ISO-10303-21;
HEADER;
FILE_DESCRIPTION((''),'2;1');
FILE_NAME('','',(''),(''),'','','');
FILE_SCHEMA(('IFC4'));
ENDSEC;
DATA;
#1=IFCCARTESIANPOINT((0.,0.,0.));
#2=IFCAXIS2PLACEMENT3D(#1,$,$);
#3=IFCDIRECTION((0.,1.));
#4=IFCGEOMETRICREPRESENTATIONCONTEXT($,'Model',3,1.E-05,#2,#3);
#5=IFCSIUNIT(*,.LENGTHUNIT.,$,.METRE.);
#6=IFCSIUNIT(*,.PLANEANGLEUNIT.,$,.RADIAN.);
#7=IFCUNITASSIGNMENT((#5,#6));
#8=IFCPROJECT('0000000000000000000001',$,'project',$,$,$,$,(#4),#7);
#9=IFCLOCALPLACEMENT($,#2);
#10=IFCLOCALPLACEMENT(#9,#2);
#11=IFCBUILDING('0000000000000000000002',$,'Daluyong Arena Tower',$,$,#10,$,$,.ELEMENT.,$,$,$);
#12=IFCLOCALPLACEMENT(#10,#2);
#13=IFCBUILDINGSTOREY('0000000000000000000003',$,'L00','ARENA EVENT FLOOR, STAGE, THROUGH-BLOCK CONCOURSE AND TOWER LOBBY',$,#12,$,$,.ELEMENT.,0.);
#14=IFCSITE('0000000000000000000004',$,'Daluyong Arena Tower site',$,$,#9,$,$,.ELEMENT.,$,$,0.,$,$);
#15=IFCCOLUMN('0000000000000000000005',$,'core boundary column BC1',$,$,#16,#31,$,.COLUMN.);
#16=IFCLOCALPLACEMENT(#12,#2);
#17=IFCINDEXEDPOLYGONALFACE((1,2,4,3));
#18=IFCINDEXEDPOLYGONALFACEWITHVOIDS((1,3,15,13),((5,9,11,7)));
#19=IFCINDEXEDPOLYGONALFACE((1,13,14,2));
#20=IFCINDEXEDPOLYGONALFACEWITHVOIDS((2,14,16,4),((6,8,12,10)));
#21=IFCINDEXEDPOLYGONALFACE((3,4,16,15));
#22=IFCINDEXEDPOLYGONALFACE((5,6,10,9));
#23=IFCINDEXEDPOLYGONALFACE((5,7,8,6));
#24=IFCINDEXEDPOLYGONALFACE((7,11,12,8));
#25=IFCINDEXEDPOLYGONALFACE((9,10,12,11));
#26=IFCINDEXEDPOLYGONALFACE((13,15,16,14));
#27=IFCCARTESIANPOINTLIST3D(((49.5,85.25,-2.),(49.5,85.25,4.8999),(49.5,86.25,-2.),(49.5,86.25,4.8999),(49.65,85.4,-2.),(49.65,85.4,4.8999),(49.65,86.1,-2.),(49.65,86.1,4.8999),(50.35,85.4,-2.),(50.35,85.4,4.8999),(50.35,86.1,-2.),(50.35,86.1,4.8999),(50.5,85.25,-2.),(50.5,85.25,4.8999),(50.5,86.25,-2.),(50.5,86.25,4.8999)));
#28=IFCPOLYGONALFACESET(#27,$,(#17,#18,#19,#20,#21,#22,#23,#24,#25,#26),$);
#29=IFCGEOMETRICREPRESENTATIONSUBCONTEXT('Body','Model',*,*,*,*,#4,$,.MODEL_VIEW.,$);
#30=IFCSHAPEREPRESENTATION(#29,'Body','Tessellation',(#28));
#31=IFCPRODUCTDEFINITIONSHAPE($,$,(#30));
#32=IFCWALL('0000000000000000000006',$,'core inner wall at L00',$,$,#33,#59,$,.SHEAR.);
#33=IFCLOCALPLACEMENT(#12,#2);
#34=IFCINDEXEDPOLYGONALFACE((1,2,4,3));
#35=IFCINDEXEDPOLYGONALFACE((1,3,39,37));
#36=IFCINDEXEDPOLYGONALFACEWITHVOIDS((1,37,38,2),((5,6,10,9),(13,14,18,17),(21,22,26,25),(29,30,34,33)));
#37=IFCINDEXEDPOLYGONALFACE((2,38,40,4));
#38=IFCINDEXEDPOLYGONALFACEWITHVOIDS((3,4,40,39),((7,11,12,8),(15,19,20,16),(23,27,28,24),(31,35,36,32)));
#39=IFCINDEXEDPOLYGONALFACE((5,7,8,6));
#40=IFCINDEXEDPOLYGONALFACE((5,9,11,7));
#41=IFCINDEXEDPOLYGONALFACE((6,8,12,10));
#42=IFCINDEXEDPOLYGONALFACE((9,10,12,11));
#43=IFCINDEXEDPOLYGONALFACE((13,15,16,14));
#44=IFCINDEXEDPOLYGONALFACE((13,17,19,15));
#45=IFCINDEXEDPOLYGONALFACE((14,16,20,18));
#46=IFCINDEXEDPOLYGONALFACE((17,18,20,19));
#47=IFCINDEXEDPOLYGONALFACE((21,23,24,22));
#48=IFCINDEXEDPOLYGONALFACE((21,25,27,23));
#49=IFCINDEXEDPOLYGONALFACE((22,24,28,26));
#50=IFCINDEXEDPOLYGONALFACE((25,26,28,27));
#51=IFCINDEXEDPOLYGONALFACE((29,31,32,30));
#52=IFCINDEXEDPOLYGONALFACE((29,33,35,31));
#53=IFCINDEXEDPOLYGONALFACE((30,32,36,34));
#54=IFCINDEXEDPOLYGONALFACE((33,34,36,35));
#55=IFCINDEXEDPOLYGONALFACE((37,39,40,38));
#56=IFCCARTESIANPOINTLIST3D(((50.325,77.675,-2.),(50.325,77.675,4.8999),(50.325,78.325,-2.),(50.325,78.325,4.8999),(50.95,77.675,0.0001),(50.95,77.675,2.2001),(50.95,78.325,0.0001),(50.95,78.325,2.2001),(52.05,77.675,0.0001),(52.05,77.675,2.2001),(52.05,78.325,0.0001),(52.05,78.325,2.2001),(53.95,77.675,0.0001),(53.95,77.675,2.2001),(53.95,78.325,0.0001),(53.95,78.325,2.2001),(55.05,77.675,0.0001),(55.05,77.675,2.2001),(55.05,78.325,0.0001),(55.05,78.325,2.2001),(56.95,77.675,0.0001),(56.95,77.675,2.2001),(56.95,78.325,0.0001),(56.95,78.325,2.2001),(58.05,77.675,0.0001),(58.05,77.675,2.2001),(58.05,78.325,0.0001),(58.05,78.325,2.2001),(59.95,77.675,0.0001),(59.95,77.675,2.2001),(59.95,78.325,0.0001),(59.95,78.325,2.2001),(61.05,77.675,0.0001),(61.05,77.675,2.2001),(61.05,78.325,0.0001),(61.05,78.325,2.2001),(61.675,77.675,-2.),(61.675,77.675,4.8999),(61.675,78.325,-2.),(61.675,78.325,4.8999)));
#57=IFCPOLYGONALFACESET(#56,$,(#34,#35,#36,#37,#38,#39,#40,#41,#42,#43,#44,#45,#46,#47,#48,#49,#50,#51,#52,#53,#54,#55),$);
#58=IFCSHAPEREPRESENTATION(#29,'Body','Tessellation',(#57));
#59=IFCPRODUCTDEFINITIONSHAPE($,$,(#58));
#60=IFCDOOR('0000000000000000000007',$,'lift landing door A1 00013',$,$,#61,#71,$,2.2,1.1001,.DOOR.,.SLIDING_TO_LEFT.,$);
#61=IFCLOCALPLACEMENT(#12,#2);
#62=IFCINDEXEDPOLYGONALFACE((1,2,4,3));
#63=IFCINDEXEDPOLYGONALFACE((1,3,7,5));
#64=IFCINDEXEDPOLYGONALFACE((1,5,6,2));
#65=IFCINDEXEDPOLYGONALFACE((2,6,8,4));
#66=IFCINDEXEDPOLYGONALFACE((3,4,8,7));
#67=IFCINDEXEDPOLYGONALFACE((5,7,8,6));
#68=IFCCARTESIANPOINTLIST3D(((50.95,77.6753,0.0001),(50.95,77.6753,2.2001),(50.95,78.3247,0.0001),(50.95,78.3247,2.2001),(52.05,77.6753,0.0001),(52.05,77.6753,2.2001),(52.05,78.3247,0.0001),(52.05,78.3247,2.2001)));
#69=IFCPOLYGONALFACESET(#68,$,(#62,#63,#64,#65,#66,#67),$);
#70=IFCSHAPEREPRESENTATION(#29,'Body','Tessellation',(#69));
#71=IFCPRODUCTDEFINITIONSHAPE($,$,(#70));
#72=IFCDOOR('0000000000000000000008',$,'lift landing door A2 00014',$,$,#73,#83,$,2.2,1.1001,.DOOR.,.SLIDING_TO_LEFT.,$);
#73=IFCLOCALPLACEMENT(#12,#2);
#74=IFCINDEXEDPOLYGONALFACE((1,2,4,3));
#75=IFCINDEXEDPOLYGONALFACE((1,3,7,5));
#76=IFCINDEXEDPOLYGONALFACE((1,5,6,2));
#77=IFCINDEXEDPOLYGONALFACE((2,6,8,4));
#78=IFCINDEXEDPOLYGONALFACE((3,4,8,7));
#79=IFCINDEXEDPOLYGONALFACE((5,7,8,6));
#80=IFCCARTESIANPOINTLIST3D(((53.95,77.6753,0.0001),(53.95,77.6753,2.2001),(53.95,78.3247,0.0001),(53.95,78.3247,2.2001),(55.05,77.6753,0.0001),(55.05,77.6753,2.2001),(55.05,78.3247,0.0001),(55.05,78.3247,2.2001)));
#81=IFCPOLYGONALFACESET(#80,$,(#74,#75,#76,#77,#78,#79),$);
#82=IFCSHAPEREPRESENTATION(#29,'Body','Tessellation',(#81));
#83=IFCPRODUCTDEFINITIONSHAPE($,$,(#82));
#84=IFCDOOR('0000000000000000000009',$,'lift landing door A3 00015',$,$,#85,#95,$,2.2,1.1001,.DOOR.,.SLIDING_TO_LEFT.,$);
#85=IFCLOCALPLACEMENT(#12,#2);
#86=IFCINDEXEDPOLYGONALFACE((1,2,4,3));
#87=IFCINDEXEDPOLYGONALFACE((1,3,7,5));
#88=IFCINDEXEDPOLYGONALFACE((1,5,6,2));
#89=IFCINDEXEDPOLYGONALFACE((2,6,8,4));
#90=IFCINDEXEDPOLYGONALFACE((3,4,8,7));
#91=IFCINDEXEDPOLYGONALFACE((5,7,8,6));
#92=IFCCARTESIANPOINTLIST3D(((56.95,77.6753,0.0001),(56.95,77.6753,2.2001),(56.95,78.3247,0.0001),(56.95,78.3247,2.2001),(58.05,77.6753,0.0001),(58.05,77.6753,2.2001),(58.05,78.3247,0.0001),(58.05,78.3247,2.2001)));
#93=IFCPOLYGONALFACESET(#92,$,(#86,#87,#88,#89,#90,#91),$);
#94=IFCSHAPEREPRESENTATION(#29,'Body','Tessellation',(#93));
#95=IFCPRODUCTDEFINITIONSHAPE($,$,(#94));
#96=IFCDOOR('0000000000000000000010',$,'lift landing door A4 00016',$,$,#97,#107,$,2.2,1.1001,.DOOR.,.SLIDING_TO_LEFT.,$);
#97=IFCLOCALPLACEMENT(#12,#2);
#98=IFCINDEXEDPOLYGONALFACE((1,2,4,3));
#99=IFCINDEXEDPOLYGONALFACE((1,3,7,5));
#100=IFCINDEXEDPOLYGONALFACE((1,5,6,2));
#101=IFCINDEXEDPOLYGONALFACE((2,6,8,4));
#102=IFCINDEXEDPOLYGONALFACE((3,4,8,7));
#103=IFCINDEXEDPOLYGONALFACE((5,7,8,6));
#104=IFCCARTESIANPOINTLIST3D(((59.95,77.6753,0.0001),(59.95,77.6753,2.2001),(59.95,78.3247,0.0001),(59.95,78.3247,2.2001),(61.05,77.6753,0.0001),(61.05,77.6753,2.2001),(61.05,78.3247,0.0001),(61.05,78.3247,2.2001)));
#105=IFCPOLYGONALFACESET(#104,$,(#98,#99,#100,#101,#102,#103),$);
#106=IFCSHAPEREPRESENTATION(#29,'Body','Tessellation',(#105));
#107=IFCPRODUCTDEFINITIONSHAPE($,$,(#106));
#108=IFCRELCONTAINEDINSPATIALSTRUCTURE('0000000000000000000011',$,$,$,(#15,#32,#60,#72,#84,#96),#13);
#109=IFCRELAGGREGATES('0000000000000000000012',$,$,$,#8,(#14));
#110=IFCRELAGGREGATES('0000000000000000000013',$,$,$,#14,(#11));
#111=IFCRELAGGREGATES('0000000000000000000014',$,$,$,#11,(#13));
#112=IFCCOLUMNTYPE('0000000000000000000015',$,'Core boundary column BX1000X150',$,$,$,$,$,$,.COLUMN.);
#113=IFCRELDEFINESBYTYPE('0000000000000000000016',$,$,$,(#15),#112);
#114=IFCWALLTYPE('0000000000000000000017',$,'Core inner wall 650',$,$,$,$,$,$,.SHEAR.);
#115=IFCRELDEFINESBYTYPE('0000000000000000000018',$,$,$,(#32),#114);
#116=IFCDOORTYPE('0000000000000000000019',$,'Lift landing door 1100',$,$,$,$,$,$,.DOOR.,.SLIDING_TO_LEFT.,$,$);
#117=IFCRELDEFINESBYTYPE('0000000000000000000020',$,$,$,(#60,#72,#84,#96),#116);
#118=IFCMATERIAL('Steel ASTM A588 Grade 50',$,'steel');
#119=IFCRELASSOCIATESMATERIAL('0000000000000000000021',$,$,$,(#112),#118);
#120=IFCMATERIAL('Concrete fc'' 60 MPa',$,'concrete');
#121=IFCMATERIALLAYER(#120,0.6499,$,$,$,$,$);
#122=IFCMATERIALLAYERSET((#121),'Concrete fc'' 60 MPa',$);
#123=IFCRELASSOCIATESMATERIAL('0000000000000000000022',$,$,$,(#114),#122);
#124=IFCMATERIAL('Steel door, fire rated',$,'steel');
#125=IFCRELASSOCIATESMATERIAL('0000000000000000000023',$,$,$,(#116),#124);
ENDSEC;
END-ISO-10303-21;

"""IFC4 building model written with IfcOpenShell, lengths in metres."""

from ifc_helpers import new_model, si_unit, direction, frame, frame_2d, origin, origin_2d, place, context, subcontext, project, spatial, rectangle, hollow_rectangle, extrude, material, layer, layer_set, material_profile, profile_set, type_object, element, fill, save


model = new_model("IFC4")

# Units and contexts
model_context = context("Model", 3, precision=1e-05, world=origin(), true_north=direction((0.0, 1.0)))
body_context = subcontext(model_context, "Body", "Model", "MODEL_VIEW")
ifc_project = project(units=[si_unit("LENGTHUNIT", "METRE"), si_unit("PLANEANGLEUNIT", "RADIAN")], contexts=[model_context])

# Site, building, storey
site_placement = place(None, origin())
site = spatial("IfcSite", under=ifc_project, at=site_placement, Name="Daluyong Arena Tower site", CompositionType="ELEMENT", RefElevation=0.0)
building_placement = place(site_placement, origin())
building = spatial("IfcBuilding", under=site, at=building_placement, Name="Daluyong Arena Tower", CompositionType="ELEMENT")
storey_placement = place(building_placement, origin())
storey = spatial("IfcBuildingStorey", under=building, at=storey_placement, Name="L00", Description="ARENA EVENT FLOOR, STAGE, THROUGH-BLOCK CONCOURSE AND TOWER LOBBY", CompositionType="ELEMENT", Elevation=0.0)

# Column
ifc_material_1 = material(Name="Steel ASTM A588 Grade 50", Category="steel")
ifc_material_profile = material_profile(ifc_material_1, hollow_rectangle(XDim=1.0, YDim=1.0, WallThickness=0.15, at=origin_2d()))
ifc_profile_set = profile_set([ifc_material_profile], Name="Steel ASTM A588 Grade 50")
column_type = type_object("IfcColumnType", Name="Core boundary column BX1000X150", PredefinedType="COLUMN", material=ifc_profile_set)
for number, where, z_axis, x_axis, name in (
    (1, (50.0, 85.75, -2.0), (0.0, 0.0, 1.0), (1.0, 0.0, 0.0), "core boundary column BC1"),
):
    element("IfcColumn", number, at=place(storey_placement, frame(where, z_axis=z_axis, x_axis=x_axis)), inside=storey, type_object=column_type, Name=name, PredefinedType="COLUMN", context=body_context, shape_type="SweptSolid", body=[
        extrude(hollow_rectangle(XDim=1.0, YDim=1.0, WallThickness=0.15, at=origin_2d()), origin(), (0.0, 0.0, 1.0), 6.8999),
    ])

# Wall, openings, doors
ifc_material_2 = material(Name="Concrete fc' 60 MPa", Category="concrete")
ifc_layer_1 = layer(ifc_material_2, 0.6499)
ifc_layer_set_1 = layer_set([ifc_layer_1], Name="Concrete fc' 60 MPa")
wall_type_1 = type_object("IfcWallType", Name="Core inner wall 650", PredefinedType="SHEAR", material=ifc_layer_set_1)
wall_1_placement = place(storey_placement, frame((50.325, 78.0, -2.0), z_axis=(0.0, 0.0, 1.0), x_axis=(1.0, 0.0, 0.0)))
wall_1 = element("IfcWall", 2, at=wall_1_placement, inside=storey, type_object=wall_type_1, Name="core inner wall at L00", PredefinedType="SHEAR", context=body_context, shape_type="SweptSolid", body=[
    extrude(rectangle(XDim=11.3501, YDim=0.6499, at=frame_2d((5.675, 0.0))), origin(), (0.0, 0.0, 1.0), 6.8999),
])
opening_1_placement = place(wall_1_placement, frame((0.625, 0.0, 2.0)))
opening_1 = element("IfcOpeningElement", 3, at=opening_1_placement, cuts=wall_1, PredefinedType="OPENING", context=body_context, shape_type="SweptSolid", body=[
    extrude(rectangle(XDim=1.1001, YDim=2.2, at=frame_2d((0.55, 1.1001))), frame((0.0, 0.335, 0.0), z_axis=(0.0, -1.0, 0.0), x_axis=(1.0, 0.0, 0.0)), (0.0, 0.0, 1.0), 0.6699),
])
opening_2_placement = place(wall_1_placement, frame((3.625, 0.0, 2.0)))
opening_2 = element("IfcOpeningElement", 4, at=opening_2_placement, cuts=wall_1, PredefinedType="OPENING", context=body_context, shape_type="SweptSolid", body=[
    extrude(rectangle(XDim=1.1001, YDim=2.2, at=frame_2d((0.55, 1.1001))), frame((0.0, 0.335, 0.0), z_axis=(0.0, -1.0, 0.0), x_axis=(1.0, 0.0, 0.0)), (0.0, 0.0, 1.0), 0.6699),
])
opening_3_placement = place(wall_1_placement, frame((6.625, 0.0, 2.0)))
opening_3 = element("IfcOpeningElement", 5, at=opening_3_placement, cuts=wall_1, PredefinedType="OPENING", context=body_context, shape_type="SweptSolid", body=[
    extrude(rectangle(XDim=1.1001, YDim=2.2, at=frame_2d((0.55, 1.1001))), frame((0.0, 0.335, 0.0), z_axis=(0.0, -1.0, 0.0), x_axis=(1.0, 0.0, 0.0)), (0.0, 0.0, 1.0), 0.6699),
])
opening_4_placement = place(wall_1_placement, frame((9.625, 0.0, 2.0)))
opening_4 = element("IfcOpeningElement", 6, at=opening_4_placement, cuts=wall_1, PredefinedType="OPENING", context=body_context, shape_type="SweptSolid", body=[
    extrude(rectangle(XDim=1.1001, YDim=2.2, at=frame_2d((0.55, 1.1001))), frame((0.0, 0.335, 0.0), z_axis=(0.0, -1.0, 0.0), x_axis=(1.0, 0.0, 0.0)), (0.0, 0.0, 1.0), 0.6699),
])
ifc_material_3 = material(Name="Steel door, fire rated", Category="steel")
door_type_1 = type_object("IfcDoorType", Name="Lift landing door 1100", OperationType="SLIDING_TO_LEFT", PredefinedType="DOOR", material=ifc_material_3)
door_1_placement = place(opening_1_placement, origin())
door_1 = element("IfcDoor", 7, at=door_1_placement, inside=storey, type_object=door_type_1, Name="lift landing door A1 00013", OperationType="SLIDING_TO_LEFT", OverallHeight=2.2, OverallWidth=1.1001, PredefinedType="DOOR", context=body_context, shape_type="SweptSolid", body=[
    extrude(rectangle(XDim=1.1001, YDim=2.2, at=frame_2d((0.55, 1.1001))), frame((0.0, 0.3247, 0.0), z_axis=(0.0, -1.0, 0.0), x_axis=(1.0, 0.0, 0.0)), (0.0, 0.0, 1.0), 0.6494),
])
fill(opening_1, door_1)
door_2_placement = place(opening_2_placement, origin())
door_2 = element("IfcDoor", 8, at=door_2_placement, inside=storey, type_object=door_type_1, Name="lift landing door A2 00014", OperationType="SLIDING_TO_LEFT", OverallHeight=2.2, OverallWidth=1.1001, PredefinedType="DOOR", context=body_context, shape_type="SweptSolid", body=[
    extrude(rectangle(XDim=1.1001, YDim=2.2, at=frame_2d((0.55, 1.1001))), frame((0.0, 0.3247, 0.0), z_axis=(0.0, -1.0, 0.0), x_axis=(1.0, 0.0, 0.0)), (0.0, 0.0, 1.0), 0.6494),
])
fill(opening_2, door_2)
door_3_placement = place(opening_3_placement, origin())
door_3 = element("IfcDoor", 9, at=door_3_placement, inside=storey, type_object=door_type_1, Name="lift landing door A3 00015", OperationType="SLIDING_TO_LEFT", OverallHeight=2.2, OverallWidth=1.1001, PredefinedType="DOOR", context=body_context, shape_type="SweptSolid", body=[
    extrude(rectangle(XDim=1.1001, YDim=2.2, at=frame_2d((0.55, 1.1001))), frame((0.0, 0.3247, 0.0), z_axis=(0.0, -1.0, 0.0), x_axis=(1.0, 0.0, 0.0)), (0.0, 0.0, 1.0), 0.6494),
])
fill(opening_3, door_3)
door_4_placement = place(opening_4_placement, origin())
door_4 = element("IfcDoor", 10, at=door_4_placement, inside=storey, type_object=door_type_1, Name="lift landing door A4 00016", OperationType="SLIDING_TO_LEFT", OverallHeight=2.2, OverallWidth=1.1001, PredefinedType="DOOR", context=body_context, shape_type="SweptSolid", body=[
    extrude(rectangle(XDim=1.1001, YDim=2.2, at=frame_2d((0.55, 1.1001))), frame((0.0, 0.3247, 0.0), z_axis=(0.0, -1.0, 0.0), x_axis=(1.0, 0.0, 0.0)), (0.0, 0.0, 1.0), 0.6494),
])
fill(opening_4, door_4)

save(model, "model.ifc")
